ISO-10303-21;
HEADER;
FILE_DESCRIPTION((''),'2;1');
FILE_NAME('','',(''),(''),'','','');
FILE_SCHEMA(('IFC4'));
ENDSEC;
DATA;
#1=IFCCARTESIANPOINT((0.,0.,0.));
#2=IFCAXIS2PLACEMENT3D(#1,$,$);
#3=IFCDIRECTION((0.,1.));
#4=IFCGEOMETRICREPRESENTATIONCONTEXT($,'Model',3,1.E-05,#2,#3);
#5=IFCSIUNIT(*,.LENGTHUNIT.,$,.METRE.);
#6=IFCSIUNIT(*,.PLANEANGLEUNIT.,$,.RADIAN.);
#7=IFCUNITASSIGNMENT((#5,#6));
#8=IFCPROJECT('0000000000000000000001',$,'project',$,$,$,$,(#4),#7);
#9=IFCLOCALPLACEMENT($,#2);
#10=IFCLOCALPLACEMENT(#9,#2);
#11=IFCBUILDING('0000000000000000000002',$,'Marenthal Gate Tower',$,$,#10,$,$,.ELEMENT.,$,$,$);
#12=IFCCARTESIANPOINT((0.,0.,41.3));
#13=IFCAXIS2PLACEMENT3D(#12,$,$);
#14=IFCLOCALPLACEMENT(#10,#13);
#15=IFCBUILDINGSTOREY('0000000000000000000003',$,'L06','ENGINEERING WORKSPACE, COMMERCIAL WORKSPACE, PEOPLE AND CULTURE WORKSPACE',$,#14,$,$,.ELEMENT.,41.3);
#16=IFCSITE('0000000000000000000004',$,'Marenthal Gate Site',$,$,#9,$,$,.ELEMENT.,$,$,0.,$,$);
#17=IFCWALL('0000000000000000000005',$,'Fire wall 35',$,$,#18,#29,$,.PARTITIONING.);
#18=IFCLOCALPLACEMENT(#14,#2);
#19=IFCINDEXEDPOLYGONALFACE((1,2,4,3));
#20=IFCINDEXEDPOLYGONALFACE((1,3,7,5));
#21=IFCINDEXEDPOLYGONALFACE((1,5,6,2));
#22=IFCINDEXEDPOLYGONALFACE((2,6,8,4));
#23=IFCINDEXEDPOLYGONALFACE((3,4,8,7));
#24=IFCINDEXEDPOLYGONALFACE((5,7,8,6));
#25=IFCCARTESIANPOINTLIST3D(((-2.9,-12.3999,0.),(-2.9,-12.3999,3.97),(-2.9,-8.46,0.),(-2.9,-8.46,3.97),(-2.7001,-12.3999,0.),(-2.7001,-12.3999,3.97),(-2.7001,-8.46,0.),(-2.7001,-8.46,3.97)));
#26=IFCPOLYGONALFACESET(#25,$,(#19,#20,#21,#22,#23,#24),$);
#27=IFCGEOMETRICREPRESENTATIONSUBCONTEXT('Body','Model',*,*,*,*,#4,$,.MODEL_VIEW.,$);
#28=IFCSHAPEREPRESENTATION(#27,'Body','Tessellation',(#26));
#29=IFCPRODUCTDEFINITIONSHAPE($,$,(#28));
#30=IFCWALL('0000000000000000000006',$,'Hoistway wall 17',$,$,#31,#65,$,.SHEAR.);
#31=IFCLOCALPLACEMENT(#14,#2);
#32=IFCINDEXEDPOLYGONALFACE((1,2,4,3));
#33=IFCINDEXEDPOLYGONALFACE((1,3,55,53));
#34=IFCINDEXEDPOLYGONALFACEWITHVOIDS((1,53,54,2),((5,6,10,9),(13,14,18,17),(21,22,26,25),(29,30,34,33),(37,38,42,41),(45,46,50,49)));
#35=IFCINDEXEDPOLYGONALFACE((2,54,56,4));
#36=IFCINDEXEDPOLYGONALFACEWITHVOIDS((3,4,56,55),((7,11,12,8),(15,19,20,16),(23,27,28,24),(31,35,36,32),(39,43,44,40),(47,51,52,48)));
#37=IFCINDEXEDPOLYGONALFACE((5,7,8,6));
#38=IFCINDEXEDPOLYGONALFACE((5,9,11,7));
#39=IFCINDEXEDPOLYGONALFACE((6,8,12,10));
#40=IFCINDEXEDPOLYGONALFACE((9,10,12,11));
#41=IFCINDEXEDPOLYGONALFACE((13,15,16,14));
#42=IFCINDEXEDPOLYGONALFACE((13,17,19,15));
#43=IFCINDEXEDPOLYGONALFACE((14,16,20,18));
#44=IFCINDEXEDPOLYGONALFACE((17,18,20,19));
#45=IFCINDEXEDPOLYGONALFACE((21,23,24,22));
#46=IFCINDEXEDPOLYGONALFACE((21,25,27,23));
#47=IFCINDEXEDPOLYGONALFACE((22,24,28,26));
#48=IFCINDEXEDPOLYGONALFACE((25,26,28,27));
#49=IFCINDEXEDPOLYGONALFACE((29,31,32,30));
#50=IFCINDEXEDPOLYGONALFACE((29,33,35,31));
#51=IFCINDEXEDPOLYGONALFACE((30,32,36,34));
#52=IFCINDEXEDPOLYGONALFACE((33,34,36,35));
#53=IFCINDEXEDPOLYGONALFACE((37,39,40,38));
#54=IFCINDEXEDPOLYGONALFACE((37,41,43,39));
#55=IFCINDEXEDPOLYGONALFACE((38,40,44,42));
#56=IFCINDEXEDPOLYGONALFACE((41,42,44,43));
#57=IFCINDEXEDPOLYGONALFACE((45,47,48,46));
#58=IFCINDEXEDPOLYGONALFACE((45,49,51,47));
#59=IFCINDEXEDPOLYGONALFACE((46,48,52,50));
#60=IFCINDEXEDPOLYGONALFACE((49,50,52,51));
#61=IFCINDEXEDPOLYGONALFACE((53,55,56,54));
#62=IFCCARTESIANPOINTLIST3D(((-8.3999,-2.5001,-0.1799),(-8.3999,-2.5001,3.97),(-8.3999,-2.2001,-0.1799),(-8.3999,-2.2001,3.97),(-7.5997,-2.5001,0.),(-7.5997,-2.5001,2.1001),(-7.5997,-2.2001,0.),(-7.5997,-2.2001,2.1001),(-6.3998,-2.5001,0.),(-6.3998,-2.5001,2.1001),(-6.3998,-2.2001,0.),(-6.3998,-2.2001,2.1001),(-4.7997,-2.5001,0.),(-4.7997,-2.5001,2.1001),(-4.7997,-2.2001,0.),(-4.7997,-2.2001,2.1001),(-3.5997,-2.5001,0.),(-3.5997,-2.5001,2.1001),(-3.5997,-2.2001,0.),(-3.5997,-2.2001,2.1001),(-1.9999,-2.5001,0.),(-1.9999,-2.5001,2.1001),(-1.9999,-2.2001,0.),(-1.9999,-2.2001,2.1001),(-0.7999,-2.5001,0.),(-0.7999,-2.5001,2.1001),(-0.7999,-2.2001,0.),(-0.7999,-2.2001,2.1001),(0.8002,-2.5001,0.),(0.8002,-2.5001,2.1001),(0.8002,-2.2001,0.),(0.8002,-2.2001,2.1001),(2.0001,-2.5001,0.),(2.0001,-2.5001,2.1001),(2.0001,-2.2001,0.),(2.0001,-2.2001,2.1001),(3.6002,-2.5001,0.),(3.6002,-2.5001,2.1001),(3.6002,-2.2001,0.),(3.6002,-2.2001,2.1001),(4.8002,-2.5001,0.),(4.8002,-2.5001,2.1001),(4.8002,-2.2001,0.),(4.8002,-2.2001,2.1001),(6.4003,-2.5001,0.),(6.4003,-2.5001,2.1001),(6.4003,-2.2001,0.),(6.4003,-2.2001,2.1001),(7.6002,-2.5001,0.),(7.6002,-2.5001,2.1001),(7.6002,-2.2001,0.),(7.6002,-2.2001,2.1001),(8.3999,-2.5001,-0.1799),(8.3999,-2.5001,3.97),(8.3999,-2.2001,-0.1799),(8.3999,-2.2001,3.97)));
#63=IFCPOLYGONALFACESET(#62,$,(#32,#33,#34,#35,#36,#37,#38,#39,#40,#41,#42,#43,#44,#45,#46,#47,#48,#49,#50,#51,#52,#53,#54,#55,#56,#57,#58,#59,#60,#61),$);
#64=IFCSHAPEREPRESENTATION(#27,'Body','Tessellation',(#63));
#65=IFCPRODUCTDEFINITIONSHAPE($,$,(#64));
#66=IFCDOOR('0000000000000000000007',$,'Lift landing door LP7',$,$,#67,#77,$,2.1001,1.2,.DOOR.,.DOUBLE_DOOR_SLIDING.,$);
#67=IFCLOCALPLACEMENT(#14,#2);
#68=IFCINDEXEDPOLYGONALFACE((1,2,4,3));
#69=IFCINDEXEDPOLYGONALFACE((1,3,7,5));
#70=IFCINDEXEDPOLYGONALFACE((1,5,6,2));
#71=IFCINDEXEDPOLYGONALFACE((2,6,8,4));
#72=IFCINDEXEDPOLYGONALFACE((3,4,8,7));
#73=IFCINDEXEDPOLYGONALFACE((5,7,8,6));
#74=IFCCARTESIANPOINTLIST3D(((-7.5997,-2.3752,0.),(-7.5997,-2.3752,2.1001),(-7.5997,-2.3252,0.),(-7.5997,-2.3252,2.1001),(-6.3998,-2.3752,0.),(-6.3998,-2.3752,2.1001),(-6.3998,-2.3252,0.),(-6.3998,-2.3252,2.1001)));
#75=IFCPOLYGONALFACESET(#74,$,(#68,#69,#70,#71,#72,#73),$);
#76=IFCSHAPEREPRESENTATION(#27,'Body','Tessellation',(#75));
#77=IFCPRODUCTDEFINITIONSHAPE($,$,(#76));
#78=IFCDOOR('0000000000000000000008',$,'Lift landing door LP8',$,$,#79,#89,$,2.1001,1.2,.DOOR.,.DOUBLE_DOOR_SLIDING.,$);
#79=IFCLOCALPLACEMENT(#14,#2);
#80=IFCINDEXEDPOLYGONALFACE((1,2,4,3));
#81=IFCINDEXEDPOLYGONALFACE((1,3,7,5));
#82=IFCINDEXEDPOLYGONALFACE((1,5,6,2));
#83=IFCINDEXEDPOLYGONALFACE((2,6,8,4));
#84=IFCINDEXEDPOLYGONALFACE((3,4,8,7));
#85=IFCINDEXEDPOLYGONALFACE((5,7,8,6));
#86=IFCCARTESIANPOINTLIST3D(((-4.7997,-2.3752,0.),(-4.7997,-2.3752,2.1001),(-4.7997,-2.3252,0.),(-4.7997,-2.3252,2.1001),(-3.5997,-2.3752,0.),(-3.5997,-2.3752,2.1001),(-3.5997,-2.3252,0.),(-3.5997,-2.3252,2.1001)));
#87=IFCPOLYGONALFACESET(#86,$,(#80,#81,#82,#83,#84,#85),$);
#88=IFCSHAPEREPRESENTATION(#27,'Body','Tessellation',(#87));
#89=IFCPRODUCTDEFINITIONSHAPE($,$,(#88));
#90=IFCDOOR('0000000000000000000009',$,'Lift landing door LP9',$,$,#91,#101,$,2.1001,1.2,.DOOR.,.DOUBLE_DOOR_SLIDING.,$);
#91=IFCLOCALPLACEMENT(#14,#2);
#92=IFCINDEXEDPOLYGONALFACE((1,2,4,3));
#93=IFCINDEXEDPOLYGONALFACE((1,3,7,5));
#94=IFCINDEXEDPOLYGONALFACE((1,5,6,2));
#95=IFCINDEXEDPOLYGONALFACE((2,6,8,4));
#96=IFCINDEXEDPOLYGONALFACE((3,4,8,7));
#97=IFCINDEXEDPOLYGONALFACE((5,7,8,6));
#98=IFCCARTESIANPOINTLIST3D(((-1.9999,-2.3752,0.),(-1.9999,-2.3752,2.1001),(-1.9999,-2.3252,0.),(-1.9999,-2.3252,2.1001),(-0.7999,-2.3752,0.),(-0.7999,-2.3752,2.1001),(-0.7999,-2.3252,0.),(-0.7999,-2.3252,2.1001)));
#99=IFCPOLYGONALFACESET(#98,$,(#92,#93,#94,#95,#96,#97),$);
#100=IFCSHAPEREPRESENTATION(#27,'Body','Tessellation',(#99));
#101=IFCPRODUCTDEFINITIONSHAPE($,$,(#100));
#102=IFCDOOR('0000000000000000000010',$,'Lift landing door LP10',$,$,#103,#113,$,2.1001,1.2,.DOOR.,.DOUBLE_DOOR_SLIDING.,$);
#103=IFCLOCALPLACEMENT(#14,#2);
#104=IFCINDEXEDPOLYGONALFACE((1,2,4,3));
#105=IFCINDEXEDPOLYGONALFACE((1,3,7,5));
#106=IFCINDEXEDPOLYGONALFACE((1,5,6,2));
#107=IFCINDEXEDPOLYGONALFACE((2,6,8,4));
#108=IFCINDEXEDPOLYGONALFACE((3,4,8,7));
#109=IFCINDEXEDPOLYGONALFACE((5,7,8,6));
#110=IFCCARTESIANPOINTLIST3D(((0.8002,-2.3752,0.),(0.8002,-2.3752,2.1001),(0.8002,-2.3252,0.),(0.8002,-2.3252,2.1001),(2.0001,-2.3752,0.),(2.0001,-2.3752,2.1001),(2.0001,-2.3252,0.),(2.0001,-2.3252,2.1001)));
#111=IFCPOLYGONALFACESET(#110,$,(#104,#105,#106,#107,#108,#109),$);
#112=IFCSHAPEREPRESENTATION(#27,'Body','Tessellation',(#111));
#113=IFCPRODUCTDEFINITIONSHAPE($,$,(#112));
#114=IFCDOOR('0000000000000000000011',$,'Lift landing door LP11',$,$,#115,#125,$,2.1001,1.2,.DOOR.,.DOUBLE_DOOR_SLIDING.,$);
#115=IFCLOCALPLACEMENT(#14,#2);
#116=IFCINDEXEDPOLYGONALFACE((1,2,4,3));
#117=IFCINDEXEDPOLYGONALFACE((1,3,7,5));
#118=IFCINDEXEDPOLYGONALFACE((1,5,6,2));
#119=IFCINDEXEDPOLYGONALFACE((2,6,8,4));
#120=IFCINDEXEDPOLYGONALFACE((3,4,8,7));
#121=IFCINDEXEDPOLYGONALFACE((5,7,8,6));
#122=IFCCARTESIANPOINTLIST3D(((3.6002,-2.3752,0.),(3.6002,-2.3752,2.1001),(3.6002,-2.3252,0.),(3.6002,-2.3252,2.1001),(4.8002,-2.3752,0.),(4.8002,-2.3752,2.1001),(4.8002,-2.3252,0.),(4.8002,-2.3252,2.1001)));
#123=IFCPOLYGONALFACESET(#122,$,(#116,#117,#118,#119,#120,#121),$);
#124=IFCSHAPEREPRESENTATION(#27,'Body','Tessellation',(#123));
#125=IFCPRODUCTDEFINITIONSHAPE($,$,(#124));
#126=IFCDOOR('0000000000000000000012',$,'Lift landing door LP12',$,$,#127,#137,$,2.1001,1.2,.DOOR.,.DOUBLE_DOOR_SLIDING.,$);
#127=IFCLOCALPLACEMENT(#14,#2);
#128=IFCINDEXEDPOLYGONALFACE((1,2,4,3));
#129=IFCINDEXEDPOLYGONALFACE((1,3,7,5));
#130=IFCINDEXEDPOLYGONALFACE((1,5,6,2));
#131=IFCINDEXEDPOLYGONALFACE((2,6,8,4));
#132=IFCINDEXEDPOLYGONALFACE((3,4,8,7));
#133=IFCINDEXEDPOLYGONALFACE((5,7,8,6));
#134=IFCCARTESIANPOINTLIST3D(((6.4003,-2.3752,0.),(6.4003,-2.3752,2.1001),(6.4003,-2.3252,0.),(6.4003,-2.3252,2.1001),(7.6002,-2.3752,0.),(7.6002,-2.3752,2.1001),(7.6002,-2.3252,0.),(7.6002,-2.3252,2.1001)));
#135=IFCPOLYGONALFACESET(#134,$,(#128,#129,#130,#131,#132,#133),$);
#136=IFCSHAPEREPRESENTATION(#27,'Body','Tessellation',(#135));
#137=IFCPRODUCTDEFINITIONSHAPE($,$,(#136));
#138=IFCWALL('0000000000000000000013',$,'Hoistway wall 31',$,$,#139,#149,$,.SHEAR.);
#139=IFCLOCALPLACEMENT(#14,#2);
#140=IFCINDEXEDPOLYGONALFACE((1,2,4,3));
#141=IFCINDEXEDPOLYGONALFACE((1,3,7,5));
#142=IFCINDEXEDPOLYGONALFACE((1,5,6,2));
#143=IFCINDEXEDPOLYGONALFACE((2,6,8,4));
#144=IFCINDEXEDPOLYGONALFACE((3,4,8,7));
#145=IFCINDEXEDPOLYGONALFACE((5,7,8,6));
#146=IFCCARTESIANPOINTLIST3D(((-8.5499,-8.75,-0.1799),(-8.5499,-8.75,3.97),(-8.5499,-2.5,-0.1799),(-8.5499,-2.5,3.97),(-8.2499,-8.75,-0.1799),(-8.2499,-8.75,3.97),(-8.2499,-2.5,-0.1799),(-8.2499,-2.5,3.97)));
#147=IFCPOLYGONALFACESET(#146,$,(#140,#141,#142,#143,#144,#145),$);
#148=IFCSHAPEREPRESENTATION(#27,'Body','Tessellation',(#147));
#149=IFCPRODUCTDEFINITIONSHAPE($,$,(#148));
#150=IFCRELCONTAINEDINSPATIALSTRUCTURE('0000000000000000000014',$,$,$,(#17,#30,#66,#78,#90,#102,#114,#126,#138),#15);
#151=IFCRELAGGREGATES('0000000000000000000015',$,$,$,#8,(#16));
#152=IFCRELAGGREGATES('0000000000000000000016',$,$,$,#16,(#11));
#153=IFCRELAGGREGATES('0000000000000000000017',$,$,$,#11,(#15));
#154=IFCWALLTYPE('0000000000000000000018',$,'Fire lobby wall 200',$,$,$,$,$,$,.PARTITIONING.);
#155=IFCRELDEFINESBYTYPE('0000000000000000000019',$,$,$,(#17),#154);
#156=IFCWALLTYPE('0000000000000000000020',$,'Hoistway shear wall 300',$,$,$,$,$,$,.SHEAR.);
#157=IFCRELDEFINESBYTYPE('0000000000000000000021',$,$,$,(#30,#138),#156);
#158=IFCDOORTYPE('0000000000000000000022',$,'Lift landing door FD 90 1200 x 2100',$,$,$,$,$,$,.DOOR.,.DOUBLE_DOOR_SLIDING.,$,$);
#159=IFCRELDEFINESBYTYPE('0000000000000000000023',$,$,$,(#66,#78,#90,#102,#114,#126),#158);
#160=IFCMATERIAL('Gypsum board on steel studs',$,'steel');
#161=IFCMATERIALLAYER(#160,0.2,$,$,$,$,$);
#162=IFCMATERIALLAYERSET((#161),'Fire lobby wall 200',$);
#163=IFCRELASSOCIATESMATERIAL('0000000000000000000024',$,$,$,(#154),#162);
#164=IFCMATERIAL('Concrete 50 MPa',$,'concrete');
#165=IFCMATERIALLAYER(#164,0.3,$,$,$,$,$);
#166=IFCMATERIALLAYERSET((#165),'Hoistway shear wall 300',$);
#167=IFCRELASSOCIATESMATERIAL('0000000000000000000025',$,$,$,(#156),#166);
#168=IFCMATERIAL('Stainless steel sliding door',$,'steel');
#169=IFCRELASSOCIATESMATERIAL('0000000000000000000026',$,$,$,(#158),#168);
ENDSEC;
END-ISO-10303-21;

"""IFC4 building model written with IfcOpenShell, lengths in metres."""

from ifc_helpers import new_model, si_unit, direction, frame, frame_2d, origin, place, context, subcontext, project, spatial, rectangle, extrude, material, layer, layer_set, type_object, element, fill, save


model = new_model("IFC4")

# Units and contexts
model_context = context("Model", 3, precision=1e-05, world=origin(), true_north=direction((0.0, 1.0)))
body_context = subcontext(model_context, "Body", "Model", "MODEL_VIEW")
ifc_project = project(units=[si_unit("LENGTHUNIT", "METRE"), si_unit("PLANEANGLEUNIT", "RADIAN")], contexts=[model_context])

# Site, building, storey
site_placement = place(None, origin())
site = spatial("IfcSite", under=ifc_project, at=site_placement, Name="Marenthal Gate Site", CompositionType="ELEMENT", RefElevation=0.0)
building_placement = place(site_placement, origin())
building = spatial("IfcBuilding", under=site, at=building_placement, Name="Marenthal Gate Tower", CompositionType="ELEMENT")
storey_placement = place(building_placement, frame((0.0, 0.0, 41.3)))
storey = spatial("IfcBuildingStorey", under=building, at=storey_placement, Name="L06", Description="ENGINEERING WORKSPACE, COMMERCIAL WORKSPACE, PEOPLE AND CULTURE WORKSPACE", CompositionType="ELEMENT", Elevation=41.3)

# Wall
ifc_material_1 = material(Name="Gypsum board on steel studs", Category="steel")
ifc_layer_1 = layer(ifc_material_1, 0.2)
ifc_layer_set_1 = layer_set([ifc_layer_1], Name="Fire lobby wall 200")
wall_type_1 = type_object("IfcWallType", Name="Fire lobby wall 200", PredefinedType="PARTITIONING", material=ifc_layer_set_1)
wall_1_placement = place(storey_placement, frame((-2.8, -12.3999, 0.0), z_axis=(0.0, 0.0, 1.0), x_axis=(0.0, 1.0, 0.0)))
element("IfcWall", 1, at=wall_1_placement, inside=storey, type_object=wall_type_1, Name="Fire wall 35", PredefinedType="PARTITIONING", context=body_context, shape_type="SweptSolid", body=[
    extrude(rectangle(XDim=3.9399, YDim=0.2, at=frame_2d((1.97, 0.0))), origin(), (0.0, 0.0, 1.0), 3.97),
])

# Wall, openings, doors
ifc_material_2 = material(Name="Concrete 50 MPa", Category="concrete")
ifc_layer_2 = layer(ifc_material_2, 0.3)
ifc_layer_set_2 = layer_set([ifc_layer_2], Name="Hoistway shear wall 300")
wall_type_2 = type_object("IfcWallType", Name="Hoistway shear wall 300", PredefinedType="SHEAR", material=ifc_layer_set_2)
wall_2_placement = place(storey_placement, frame((-8.3999, -2.3501, -0.1799), z_axis=(0.0, 0.0, 1.0), x_axis=(1.0, 0.0, 0.0)))
wall_2 = element("IfcWall", 2, at=wall_2_placement, inside=storey, type_object=wall_type_2, Name="Hoistway wall 17", PredefinedType="SHEAR", context=body_context, shape_type="SweptSolid", body=[
    extrude(rectangle(XDim=16.7998, YDim=0.3, at=frame_2d((8.3999, 0.0))), origin(), (0.0, 0.0, 1.0), 4.1499),
])
opening_1_placement = place(wall_2_placement, frame((0.8, 0.0, 0.1799)))
opening_1 = element("IfcOpeningElement", 3, at=opening_1_placement, cuts=wall_2, PredefinedType="OPENING", context=body_context, shape_type="SweptSolid", body=[
    extrude(rectangle(XDim=1.2, YDim=2.1001, at=frame_2d((0.6001, 1.05))), frame((0.0, 0.1602, 0.0), z_axis=(0.0, -1.0, 0.0), x_axis=(1.0, 0.0, 0.0)), (0.0, 0.0, 1.0), 0.3201),
])
opening_2_placement = place(wall_2_placement, frame((3.6001, 0.0, 0.1799)))
opening_2 = element("IfcOpeningElement", 4, at=opening_2_placement, cuts=wall_2, PredefinedType="OPENING", context=body_context, shape_type="SweptSolid", body=[
    extrude(rectangle(XDim=1.2, YDim=2.1001, at=frame_2d((0.6001, 1.05))), frame((0.0, 0.1602, 0.0), z_axis=(0.0, -1.0, 0.0), x_axis=(1.0, 0.0, 0.0)), (0.0, 0.0, 1.0), 0.3201),
])
opening_3_placement = place(wall_2_placement, frame((6.3999, 0.0, 0.1799)))
opening_3 = element("IfcOpeningElement", 5, at=opening_3_placement, cuts=wall_2, PredefinedType="OPENING", context=body_context, shape_type="SweptSolid", body=[
    extrude(rectangle(XDim=1.2, YDim=2.1001, at=frame_2d((0.6001, 1.05))), frame((0.0, 0.1602, 0.0), z_axis=(0.0, -1.0, 0.0), x_axis=(1.0, 0.0, 0.0)), (0.0, 0.0, 1.0), 0.3201),
])
opening_4_placement = place(wall_2_placement, frame((9.2, 0.0, 0.1799)))
opening_4 = element("IfcOpeningElement", 6, at=opening_4_placement, cuts=wall_2, PredefinedType="OPENING", context=body_context, shape_type="SweptSolid", body=[
    extrude(rectangle(XDim=1.2, YDim=2.1001, at=frame_2d((0.6001, 1.05))), frame((0.0, 0.1602, 0.0), z_axis=(0.0, -1.0, 0.0), x_axis=(1.0, 0.0, 0.0)), (0.0, 0.0, 1.0), 0.3201),
])
opening_5_placement = place(wall_2_placement, frame((12.0, 0.0, 0.1799)))
opening_5 = element("IfcOpeningElement", 7, at=opening_5_placement, cuts=wall_2, PredefinedType="OPENING", context=body_context, shape_type="SweptSolid", body=[
    extrude(rectangle(XDim=1.2, YDim=2.1001, at=frame_2d((0.6001, 1.05))), frame((0.0, 0.1602, 0.0), z_axis=(0.0, -1.0, 0.0), x_axis=(1.0, 0.0, 0.0)), (0.0, 0.0, 1.0), 0.3201),
])
opening_6_placement = place(wall_2_placement, frame((14.8, 0.0, 0.1799)))
opening_6 = element("IfcOpeningElement", 8, at=opening_6_placement, cuts=wall_2, PredefinedType="OPENING", context=body_context, shape_type="SweptSolid", body=[
    extrude(rectangle(XDim=1.2, YDim=2.1001, at=frame_2d((0.6001, 1.05))), frame((0.0, 0.1602, 0.0), z_axis=(0.0, -1.0, 0.0), x_axis=(1.0, 0.0, 0.0)), (0.0, 0.0, 1.0), 0.3201),
])
ifc_material_3 = material(Name="Stainless steel sliding door", Category="steel")
door_type_1 = type_object("IfcDoorType", Name="Lift landing door FD 90 1200 x 2100", OperationType="DOUBLE_DOOR_SLIDING", PredefinedType="DOOR", material=ifc_material_3)
door_1_placement = place(opening_1_placement, origin())
door_1 = element("IfcDoor", 9, at=door_1_placement, inside=storey, type_object=door_type_1, Name="Lift landing door LP7", OperationType="DOUBLE_DOOR_SLIDING", OverallHeight=2.1001, OverallWidth=1.2, PredefinedType="DOOR", context=body_context, shape_type="SweptSolid", body=[
    extrude(rectangle(XDim=1.2, YDim=2.1001, at=frame_2d((0.6001, 1.05))), frame((0.0, 0.0249, 0.0), z_axis=(0.0, -1.0, 0.0), x_axis=(1.0, 0.0, 0.0)), (0.0, 0.0, 1.0), 0.05),
])
fill(opening_1, door_1)
door_2_placement = place(opening_2_placement, origin())
door_2 = element("IfcDoor", 10, at=door_2_placement, inside=storey, type_object=door_type_1, Name="Lift landing door LP8", OperationType="DOUBLE_DOOR_SLIDING", OverallHeight=2.1001, OverallWidth=1.2, PredefinedType="DOOR", context=body_context, shape_type="SweptSolid", body=[
    extrude(rectangle(XDim=1.2, YDim=2.1001, at=frame_2d((0.6001, 1.05))), frame((0.0, 0.0249, 0.0), z_axis=(0.0, -1.0, 0.0), x_axis=(1.0, 0.0, 0.0)), (0.0, 0.0, 1.0), 0.05),
])
fill(opening_2, door_2)
door_3_placement = place(opening_3_placement, origin())
door_3 = element("IfcDoor", 11, at=door_3_placement, inside=storey, type_object=door_type_1, Name="Lift landing door LP9", OperationType="DOUBLE_DOOR_SLIDING", OverallHeight=2.1001, OverallWidth=1.2, PredefinedType="DOOR", context=body_context, shape_type="SweptSolid", body=[
    extrude(rectangle(XDim=1.2, YDim=2.1001, at=frame_2d((0.6001, 1.05))), frame((0.0, 0.0249, 0.0), z_axis=(0.0, -1.0, 0.0), x_axis=(1.0, 0.0, 0.0)), (0.0, 0.0, 1.0), 0.05),
])
fill(opening_3, door_3)
door_4_placement = place(opening_4_placement, origin())
door_4 = element("IfcDoor", 12, at=door_4_placement, inside=storey, type_object=door_type_1, Name="Lift landing door LP10", OperationType="DOUBLE_DOOR_SLIDING", OverallHeight=2.1001, OverallWidth=1.2, PredefinedType="DOOR", context=body_context, shape_type="SweptSolid", body=[
    extrude(rectangle(XDim=1.2, YDim=2.1001, at=frame_2d((0.6001, 1.05))), frame((0.0, 0.0249, 0.0), z_axis=(0.0, -1.0, 0.0), x_axis=(1.0, 0.0, 0.0)), (0.0, 0.0, 1.0), 0.05),
])
fill(opening_4, door_4)
door_5_placement = place(opening_5_placement, origin())
door_5 = element("IfcDoor", 13, at=door_5_placement, inside=storey, type_object=door_type_1, Name="Lift landing door LP11", OperationType="DOUBLE_DOOR_SLIDING", OverallHeight=2.1001, OverallWidth=1.2, PredefinedType="DOOR", context=body_context, shape_type="SweptSolid", body=[
    extrude(rectangle(XDim=1.2, YDim=2.1001, at=frame_2d((0.6001, 1.05))), frame((0.0, 0.0249, 0.0), z_axis=(0.0, -1.0, 0.0), x_axis=(1.0, 0.0, 0.0)), (0.0, 0.0, 1.0), 0.05),
])
fill(opening_5, door_5)
door_6_placement = place(opening_6_placement, origin())
door_6 = element("IfcDoor", 14, at=door_6_placement, inside=storey, type_object=door_type_1, Name="Lift landing door LP12", OperationType="DOUBLE_DOOR_SLIDING", OverallHeight=2.1001, OverallWidth=1.2, PredefinedType="DOOR", context=body_context, shape_type="SweptSolid", body=[
    extrude(rectangle(XDim=1.2, YDim=2.1001, at=frame_2d((0.6001, 1.05))), frame((0.0, 0.0249, 0.0), z_axis=(0.0, -1.0, 0.0), x_axis=(1.0, 0.0, 0.0)), (0.0, 0.0, 1.0), 0.05),
])
fill(opening_6, door_6)

# Wall
wall_3_placement = place(storey_placement, frame((-8.3999, -8.75, -0.1799), z_axis=(0.0, 0.0, 1.0), x_axis=(0.0, 1.0, 0.0)))
element("IfcWall", 15, at=wall_3_placement, inside=storey, type_object=wall_type_2, Name="Hoistway wall 31", PredefinedType="SHEAR", context=body_context, shape_type="SweptSolid", body=[
    extrude(rectangle(XDim=6.25, YDim=0.3, at=frame_2d((3.125, 0.0))), origin(), (0.0, 0.0, 1.0), 4.1499),
])

save(model, "model.ifc")
